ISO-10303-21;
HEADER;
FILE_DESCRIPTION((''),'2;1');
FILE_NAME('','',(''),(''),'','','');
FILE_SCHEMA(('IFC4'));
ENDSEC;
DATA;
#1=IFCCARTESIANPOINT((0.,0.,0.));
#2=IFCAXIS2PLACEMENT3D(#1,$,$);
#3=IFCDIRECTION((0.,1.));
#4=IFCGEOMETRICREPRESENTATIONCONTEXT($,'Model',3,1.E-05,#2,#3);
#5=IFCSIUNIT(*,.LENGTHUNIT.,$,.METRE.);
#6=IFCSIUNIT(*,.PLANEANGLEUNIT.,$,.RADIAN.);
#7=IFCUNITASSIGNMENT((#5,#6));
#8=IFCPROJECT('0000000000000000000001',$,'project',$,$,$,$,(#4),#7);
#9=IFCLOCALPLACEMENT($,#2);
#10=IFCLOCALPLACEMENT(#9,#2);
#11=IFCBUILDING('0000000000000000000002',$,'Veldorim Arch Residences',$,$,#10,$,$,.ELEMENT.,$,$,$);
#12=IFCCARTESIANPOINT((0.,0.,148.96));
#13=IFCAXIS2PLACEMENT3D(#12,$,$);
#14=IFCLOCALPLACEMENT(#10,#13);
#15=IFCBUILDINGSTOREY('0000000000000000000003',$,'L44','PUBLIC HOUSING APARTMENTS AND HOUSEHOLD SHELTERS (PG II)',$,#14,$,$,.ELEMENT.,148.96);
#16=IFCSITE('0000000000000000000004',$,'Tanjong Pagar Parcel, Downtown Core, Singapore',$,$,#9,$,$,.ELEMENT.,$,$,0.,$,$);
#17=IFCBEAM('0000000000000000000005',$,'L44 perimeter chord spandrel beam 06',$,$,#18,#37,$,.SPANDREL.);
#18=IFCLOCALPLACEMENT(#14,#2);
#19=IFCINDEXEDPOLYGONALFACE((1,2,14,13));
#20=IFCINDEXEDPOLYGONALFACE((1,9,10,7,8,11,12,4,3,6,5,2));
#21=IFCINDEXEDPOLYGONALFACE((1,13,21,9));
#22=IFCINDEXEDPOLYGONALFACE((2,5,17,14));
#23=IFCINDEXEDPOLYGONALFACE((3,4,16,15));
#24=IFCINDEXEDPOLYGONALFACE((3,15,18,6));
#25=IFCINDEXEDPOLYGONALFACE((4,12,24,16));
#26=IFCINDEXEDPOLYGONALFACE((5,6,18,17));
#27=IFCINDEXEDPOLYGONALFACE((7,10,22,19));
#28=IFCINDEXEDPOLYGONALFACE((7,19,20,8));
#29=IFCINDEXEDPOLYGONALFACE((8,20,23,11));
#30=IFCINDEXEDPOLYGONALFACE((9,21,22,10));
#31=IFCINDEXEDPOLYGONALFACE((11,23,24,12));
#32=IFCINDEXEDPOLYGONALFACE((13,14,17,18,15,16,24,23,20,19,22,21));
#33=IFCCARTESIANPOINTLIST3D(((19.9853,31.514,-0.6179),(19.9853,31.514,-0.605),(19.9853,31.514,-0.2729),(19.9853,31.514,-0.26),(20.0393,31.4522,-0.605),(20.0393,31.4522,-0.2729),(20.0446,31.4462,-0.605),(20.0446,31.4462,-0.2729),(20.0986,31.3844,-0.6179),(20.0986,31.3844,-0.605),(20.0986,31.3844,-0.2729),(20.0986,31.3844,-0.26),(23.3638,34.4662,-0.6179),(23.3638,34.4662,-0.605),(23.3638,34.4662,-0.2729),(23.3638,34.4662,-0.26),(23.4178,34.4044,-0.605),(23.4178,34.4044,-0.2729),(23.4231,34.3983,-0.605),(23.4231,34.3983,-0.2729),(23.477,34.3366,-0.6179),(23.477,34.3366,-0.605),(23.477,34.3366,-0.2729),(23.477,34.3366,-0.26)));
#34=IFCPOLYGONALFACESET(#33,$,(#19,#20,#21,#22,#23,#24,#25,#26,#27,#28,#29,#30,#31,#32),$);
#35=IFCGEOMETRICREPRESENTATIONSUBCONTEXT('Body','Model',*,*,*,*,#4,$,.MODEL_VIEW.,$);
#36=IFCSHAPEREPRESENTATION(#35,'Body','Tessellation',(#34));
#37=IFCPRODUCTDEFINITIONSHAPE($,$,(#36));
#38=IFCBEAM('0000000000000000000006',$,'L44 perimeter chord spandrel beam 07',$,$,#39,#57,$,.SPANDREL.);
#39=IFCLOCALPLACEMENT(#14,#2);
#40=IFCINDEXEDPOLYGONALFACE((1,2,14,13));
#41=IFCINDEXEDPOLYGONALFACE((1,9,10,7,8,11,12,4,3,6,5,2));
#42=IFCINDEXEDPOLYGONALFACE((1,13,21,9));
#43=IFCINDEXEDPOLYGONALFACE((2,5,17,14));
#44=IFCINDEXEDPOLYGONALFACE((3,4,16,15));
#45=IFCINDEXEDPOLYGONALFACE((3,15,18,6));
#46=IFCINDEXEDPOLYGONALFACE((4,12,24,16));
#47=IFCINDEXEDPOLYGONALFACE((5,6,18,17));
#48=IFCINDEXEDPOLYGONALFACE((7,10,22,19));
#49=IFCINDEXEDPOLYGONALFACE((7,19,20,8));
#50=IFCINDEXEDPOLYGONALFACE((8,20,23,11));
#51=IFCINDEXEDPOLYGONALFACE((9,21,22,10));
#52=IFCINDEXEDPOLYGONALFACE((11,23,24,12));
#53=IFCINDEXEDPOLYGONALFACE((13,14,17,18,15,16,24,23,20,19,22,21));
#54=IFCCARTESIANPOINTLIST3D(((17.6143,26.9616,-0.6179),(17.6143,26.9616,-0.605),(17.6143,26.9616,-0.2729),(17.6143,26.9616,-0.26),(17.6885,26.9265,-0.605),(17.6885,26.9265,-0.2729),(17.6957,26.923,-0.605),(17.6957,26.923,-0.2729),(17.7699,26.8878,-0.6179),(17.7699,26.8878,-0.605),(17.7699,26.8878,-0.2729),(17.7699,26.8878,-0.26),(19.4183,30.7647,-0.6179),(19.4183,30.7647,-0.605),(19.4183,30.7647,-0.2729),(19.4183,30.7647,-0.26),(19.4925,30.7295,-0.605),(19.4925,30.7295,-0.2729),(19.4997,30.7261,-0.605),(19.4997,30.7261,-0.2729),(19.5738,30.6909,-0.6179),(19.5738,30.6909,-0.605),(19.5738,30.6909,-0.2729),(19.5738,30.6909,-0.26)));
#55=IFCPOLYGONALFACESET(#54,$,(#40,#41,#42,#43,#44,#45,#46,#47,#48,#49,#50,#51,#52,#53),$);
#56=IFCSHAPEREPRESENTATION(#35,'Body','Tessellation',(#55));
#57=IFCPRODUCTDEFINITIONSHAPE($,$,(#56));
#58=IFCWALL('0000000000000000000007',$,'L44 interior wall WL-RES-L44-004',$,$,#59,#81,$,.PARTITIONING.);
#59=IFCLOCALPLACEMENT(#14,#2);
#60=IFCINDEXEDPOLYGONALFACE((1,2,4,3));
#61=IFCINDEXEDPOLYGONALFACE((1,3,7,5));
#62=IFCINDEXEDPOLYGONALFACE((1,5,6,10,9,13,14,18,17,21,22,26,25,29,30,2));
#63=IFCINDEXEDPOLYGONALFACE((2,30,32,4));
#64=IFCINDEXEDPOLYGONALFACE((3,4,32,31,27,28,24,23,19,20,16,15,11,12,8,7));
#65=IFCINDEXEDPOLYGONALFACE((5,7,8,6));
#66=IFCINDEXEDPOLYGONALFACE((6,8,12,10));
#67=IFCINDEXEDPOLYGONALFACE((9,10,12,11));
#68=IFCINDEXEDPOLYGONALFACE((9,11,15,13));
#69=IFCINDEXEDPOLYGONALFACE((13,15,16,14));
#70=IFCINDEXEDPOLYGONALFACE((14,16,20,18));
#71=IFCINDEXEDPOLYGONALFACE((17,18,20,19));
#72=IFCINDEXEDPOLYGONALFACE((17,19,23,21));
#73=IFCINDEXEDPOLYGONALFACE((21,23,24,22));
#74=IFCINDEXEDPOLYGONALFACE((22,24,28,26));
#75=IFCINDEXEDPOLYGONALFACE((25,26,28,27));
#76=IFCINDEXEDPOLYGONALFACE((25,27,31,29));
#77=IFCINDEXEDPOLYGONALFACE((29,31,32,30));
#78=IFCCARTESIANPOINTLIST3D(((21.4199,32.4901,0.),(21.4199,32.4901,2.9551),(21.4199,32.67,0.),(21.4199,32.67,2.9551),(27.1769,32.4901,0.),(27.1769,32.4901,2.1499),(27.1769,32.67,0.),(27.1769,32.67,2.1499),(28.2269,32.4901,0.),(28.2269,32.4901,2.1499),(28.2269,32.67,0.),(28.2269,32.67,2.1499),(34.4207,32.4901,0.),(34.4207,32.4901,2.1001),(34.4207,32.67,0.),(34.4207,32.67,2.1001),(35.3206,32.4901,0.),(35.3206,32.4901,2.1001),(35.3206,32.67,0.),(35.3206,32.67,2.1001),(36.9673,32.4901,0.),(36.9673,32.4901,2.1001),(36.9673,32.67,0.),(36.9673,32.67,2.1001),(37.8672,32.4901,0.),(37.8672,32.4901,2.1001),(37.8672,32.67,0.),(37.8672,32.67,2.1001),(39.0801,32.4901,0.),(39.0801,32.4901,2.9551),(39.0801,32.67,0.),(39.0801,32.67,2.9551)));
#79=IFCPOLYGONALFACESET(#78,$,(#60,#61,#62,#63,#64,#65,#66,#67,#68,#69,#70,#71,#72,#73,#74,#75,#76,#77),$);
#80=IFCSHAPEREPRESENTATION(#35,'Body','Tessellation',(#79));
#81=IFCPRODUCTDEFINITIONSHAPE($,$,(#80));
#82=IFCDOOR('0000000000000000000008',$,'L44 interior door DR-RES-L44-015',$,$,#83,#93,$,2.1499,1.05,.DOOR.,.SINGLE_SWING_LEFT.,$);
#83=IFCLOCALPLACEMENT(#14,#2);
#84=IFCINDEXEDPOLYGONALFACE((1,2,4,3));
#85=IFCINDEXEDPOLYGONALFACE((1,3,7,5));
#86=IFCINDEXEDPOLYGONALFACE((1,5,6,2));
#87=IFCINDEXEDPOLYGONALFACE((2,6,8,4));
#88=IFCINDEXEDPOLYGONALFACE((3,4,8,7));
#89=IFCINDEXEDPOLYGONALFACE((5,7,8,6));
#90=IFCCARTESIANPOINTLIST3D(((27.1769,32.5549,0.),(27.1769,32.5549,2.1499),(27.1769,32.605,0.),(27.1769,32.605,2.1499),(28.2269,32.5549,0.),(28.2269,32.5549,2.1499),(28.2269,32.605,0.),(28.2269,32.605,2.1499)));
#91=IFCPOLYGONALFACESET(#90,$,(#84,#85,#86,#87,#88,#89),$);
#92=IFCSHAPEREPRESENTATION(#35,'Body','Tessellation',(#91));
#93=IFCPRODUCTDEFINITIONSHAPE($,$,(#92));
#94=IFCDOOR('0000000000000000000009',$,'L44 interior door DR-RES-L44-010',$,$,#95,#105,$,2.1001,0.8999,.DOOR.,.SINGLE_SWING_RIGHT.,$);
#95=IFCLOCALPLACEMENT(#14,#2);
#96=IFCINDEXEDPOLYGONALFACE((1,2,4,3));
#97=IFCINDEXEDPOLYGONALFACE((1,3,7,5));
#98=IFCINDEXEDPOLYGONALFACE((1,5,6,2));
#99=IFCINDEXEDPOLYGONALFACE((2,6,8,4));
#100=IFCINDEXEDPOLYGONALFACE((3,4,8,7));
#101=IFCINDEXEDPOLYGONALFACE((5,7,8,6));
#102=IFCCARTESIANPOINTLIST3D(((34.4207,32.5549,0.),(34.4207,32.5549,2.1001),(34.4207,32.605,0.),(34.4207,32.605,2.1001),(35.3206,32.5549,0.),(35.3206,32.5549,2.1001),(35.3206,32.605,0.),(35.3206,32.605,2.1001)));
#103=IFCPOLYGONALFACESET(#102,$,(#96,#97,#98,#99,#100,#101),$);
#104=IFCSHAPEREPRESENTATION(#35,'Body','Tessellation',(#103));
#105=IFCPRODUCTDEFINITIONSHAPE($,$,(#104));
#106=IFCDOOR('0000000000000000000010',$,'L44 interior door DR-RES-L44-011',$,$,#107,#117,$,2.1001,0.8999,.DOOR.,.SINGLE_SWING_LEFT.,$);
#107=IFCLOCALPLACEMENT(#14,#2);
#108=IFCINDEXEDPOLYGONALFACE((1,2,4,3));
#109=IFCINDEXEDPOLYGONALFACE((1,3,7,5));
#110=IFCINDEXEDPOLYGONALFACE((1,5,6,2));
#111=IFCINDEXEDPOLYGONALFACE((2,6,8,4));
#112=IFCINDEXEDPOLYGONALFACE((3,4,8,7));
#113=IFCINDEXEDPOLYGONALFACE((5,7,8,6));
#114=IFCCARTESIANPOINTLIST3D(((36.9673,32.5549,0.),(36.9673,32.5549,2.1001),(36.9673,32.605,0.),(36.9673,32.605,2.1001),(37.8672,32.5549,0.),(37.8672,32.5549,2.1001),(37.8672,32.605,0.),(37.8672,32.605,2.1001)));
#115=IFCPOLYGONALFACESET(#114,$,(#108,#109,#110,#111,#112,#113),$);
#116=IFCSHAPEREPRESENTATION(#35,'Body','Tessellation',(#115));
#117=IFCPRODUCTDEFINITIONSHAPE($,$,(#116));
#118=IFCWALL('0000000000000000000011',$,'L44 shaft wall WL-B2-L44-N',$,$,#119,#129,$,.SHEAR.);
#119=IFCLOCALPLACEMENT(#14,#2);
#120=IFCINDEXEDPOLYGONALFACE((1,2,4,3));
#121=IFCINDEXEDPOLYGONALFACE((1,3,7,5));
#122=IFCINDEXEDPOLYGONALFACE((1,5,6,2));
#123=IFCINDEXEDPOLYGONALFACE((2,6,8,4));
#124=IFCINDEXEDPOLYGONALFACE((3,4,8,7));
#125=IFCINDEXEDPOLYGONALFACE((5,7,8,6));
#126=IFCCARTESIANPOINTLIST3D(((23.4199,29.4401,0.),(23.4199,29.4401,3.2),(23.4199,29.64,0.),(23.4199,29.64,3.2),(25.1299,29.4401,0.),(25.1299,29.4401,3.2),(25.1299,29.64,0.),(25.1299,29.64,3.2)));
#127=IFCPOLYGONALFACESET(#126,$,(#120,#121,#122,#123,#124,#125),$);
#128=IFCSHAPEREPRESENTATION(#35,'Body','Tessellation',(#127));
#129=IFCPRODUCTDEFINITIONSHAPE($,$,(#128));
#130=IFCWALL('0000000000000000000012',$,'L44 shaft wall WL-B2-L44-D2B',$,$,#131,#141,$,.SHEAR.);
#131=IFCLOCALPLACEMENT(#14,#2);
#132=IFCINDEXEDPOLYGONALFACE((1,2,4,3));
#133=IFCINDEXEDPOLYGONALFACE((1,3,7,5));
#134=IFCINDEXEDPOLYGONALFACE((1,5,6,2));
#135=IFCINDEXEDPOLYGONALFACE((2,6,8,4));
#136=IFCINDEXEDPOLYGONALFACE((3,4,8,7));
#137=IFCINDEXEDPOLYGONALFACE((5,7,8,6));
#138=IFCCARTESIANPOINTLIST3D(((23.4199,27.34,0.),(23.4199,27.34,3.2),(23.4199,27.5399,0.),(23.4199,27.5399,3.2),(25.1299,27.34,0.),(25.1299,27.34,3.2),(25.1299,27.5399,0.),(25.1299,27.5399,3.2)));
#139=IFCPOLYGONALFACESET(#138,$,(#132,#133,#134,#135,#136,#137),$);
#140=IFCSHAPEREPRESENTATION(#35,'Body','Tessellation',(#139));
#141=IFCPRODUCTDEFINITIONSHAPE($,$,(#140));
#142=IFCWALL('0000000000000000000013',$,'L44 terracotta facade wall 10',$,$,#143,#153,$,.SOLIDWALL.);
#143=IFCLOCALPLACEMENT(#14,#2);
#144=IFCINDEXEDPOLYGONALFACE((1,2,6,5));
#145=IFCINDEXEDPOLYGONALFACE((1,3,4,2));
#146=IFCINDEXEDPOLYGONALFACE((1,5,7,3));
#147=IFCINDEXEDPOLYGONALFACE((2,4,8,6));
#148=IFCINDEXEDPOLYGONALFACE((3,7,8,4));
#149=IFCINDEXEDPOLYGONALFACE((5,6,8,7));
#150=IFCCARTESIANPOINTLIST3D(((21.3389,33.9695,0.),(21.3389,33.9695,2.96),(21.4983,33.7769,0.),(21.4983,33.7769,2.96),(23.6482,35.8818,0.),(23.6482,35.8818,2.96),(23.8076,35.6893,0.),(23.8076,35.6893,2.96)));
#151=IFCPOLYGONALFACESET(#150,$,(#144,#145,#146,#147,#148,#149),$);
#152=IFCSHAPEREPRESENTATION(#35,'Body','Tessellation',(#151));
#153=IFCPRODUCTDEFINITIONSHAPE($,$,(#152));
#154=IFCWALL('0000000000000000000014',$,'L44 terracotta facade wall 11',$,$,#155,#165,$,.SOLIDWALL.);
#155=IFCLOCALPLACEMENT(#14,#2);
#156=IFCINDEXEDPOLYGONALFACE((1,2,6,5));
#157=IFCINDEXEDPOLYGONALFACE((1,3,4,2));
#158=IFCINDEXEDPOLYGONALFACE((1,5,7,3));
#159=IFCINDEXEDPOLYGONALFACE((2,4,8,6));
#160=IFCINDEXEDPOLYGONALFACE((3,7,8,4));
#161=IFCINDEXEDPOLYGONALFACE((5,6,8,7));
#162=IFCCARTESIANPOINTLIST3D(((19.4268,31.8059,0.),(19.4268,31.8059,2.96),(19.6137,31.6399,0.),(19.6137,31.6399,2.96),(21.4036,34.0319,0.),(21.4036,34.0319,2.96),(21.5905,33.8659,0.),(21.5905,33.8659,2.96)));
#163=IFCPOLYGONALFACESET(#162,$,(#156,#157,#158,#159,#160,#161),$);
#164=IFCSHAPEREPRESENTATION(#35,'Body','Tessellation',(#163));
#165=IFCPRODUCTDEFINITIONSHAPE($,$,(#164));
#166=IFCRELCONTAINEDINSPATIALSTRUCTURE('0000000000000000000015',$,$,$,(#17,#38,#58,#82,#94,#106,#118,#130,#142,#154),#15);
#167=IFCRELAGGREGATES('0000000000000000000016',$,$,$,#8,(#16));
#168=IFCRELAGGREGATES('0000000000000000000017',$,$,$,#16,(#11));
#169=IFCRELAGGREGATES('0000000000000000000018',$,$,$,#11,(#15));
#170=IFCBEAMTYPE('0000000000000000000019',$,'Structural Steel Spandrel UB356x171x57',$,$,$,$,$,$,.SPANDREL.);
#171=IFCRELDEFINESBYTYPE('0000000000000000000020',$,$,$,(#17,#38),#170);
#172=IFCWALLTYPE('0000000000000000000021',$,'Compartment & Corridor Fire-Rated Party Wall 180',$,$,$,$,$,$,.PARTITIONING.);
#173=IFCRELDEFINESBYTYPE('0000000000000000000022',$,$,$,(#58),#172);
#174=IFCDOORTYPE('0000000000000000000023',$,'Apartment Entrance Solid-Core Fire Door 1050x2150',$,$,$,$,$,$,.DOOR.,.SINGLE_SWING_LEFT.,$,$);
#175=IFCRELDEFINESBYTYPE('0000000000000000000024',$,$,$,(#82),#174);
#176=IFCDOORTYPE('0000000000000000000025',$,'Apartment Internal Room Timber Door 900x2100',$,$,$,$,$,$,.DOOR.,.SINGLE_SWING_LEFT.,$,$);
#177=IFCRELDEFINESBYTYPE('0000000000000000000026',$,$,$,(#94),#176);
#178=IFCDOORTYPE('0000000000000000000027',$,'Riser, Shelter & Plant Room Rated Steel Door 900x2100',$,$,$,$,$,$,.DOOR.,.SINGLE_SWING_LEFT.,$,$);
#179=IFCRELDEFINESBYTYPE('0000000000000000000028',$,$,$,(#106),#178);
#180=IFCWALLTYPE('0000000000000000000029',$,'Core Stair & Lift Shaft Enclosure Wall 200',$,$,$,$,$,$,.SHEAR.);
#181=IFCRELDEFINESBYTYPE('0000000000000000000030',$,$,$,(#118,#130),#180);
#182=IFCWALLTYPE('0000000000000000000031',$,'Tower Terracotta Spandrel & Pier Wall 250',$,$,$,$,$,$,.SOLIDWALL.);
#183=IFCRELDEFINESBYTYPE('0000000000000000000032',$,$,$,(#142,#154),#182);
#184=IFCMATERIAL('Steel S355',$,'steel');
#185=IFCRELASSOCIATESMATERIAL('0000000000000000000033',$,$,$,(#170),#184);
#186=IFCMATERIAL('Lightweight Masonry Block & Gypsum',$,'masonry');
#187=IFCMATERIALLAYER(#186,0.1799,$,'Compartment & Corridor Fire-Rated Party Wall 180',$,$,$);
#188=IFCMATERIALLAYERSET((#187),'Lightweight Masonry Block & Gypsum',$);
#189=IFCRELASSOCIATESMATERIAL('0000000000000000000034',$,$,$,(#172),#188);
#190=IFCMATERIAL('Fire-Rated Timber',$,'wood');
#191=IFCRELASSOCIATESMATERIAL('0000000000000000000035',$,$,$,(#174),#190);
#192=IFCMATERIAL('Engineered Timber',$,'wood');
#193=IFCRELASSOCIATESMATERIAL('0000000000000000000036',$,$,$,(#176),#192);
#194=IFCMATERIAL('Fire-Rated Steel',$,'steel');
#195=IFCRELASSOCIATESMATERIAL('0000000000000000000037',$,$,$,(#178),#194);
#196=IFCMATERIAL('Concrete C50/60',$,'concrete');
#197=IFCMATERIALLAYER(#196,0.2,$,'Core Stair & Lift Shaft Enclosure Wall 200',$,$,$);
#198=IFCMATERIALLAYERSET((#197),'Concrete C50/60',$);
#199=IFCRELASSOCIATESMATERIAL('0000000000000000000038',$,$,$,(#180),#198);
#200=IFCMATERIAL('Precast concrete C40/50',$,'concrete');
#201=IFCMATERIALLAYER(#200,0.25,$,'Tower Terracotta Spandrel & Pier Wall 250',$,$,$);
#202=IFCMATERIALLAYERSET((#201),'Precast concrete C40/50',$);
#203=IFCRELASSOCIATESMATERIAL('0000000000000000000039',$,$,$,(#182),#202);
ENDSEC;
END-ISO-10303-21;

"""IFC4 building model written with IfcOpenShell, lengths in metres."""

from ifc_helpers import new_model, si_unit, direction, frame, frame_2d, origin, origin_2d, place, context, subcontext, project, spatial, rectangle, i_section, extrude, material, layer, layer_set, material_profile, profile_set, type_object, element, fill, save


model = new_model("IFC4")

# Units and contexts
model_context = context("Model", 3, precision=1e-05, world=origin(), true_north=direction((0.0, 1.0)))
body_context = subcontext(model_context, "Body", "Model", "MODEL_VIEW")
ifc_project = project(units=[si_unit("LENGTHUNIT", "METRE"), si_unit("PLANEANGLEUNIT", "RADIAN")], contexts=[model_context])

# Site, building, storey
site_placement = place(None, origin())
site = spatial("IfcSite", under=ifc_project, at=site_placement, Name="Tanjong Pagar Parcel, Downtown Core, Singapore", CompositionType="ELEMENT", RefElevation=0.0)
building_placement = place(site_placement, origin())
building = spatial("IfcBuilding", under=site, at=building_placement, Name="Veldorim Arch Residences", CompositionType="ELEMENT")
storey_placement = place(building_placement, frame((0.0, 0.0, 148.96)))
storey = spatial("IfcBuildingStorey", under=building, at=storey_placement, Name="L44", Description="PUBLIC HOUSING APARTMENTS AND HOUSEHOLD SHELTERS (PG II)", CompositionType="ELEMENT", Elevation=148.96)

# Beams
ifc_material_1 = material(Name="Steel S355", Category="steel")
ifc_material_profile_1 = material_profile(ifc_material_1, i_section(OverallWidth=0.1721, OverallDepth=0.3579, WebThickness=0.0081, FlangeThickness=0.0129, at=origin_2d()), Name="UB356x171x57")
ifc_profile_set_1 = profile_set([ifc_material_profile_1], Name="Steel S355")
beam_type_1 = type_object("IfcBeamType", Name="Structural Steel Spandrel UB356x171x57", PredefinedType="SPANDREL", material=ifc_profile_set_1)
beam_1_placement = place(storey_placement, frame((23.4204, 34.4014, -0.439), z_axis=(-0.753015, -0.658004, 0.0), x_axis=(0.658004, -0.753015, 0.0)))
element("IfcBeam", 1, at=beam_1_placement, inside=storey, type_object=beam_type_1, Name="L44 perimeter chord spandrel beam 06", PredefinedType="SPANDREL", context=body_context, shape_type="SweptSolid", body=[
    extrude(i_section(OverallWidth=0.1721, OverallDepth=0.3579, WebThickness=0.0081, FlangeThickness=0.0129, at=origin_2d()), origin(), (0.0, 0.0, 1.0), 4.4866),
])
beam_2_placement = place(storey_placement, frame((19.4961, 30.7278, -0.439), z_axis=(-0.42858, -0.903504, 0.0), x_axis=(0.903504, -0.42858, 0.0)))
element("IfcBeam", 2, at=beam_2_placement, inside=storey, type_object=beam_type_1, Name="L44 perimeter chord spandrel beam 07", PredefinedType="SPANDREL", context=body_context, shape_type="SweptSolid", body=[
    extrude(i_section(OverallWidth=0.1721, OverallDepth=0.3579, WebThickness=0.0081, FlangeThickness=0.0129, at=origin_2d()), origin(), (0.0, 0.0, 1.0), 4.2092),
])

# Wall, openings, doors
ifc_material_2 = material(Name="Lightweight Masonry Block & Gypsum", Category="masonry")
ifc_layer_1 = layer(ifc_material_2, 0.1799, Name="Compartment & Corridor Fire-Rated Party Wall 180")
ifc_layer_set_1 = layer_set([ifc_layer_1], Name="Lightweight Masonry Block & Gypsum")
wall_type_1 = type_object("IfcWallType", Name="Compartment & Corridor Fire-Rated Party Wall 180", PredefinedType="PARTITIONING", material=ifc_layer_set_1)
wall_1_placement = place(storey_placement, frame((21.4199, 32.5801, 0.0), z_axis=(0.0, 0.0, 1.0), x_axis=(1.0, 0.0, 0.0)))
wall_1 = element("IfcWall", 3, at=wall_1_placement, inside=storey, type_object=wall_type_1, Name="L44 interior wall WL-RES-L44-004", PredefinedType="PARTITIONING", context=body_context, shape_type="SweptSolid", body=[
    extrude(rectangle(XDim=17.6602, YDim=0.1799, at=frame_2d((8.8301, 0.0))), origin(), (0.0, 0.0, 1.0), 2.9551),
])
opening_1_placement = place(wall_1_placement, frame((13.0007, 0.0, 0.0)))
opening_1 = element("IfcOpeningElement", 4, at=opening_1_placement, cuts=wall_1, PredefinedType="OPENING", context=body_context, shape_type="SweptSolid", body=[
    extrude(rectangle(XDim=0.8999, YDim=2.1001, at=frame_2d((0.45, 1.05))), frame((0.0, 0.0999, 0.0), z_axis=(0.0, -1.0, 0.0), x_axis=(1.0, 0.0, 0.0)), (0.0, 0.0, 1.0), 0.2),
])
opening_2_placement = place(wall_1_placement, frame((15.5474, 0.0, 0.0)))
opening_2 = element("IfcOpeningElement", 5, at=opening_2_placement, cuts=wall_1, PredefinedType="OPENING", context=body_context, shape_type="SweptSolid", body=[
    extrude(rectangle(XDim=0.8999, YDim=2.1001, at=frame_2d((0.45, 1.05))), frame((0.0, 0.0999, 0.0), z_axis=(0.0, -1.0, 0.0), x_axis=(1.0, 0.0, 0.0)), (0.0, 0.0, 1.0), 0.2),
])
opening_3_placement = place(wall_1_placement, frame((5.7571, 0.0, 0.0)))
opening_3 = element("IfcOpeningElement", 6, at=opening_3_placement, cuts=wall_1, PredefinedType="OPENING", context=body_context, shape_type="SweptSolid", body=[
    extrude(rectangle(XDim=1.05, YDim=2.1499, at=frame_2d((0.5249, 1.075))), frame((0.0, 0.0999, 0.0), z_axis=(0.0, -1.0, 0.0), x_axis=(1.0, 0.0, 0.0)), (0.0, 0.0, 1.0), 0.2),
])
ifc_material_3 = material(Name="Fire-Rated Timber", Category="wood")
door_type_1 = type_object("IfcDoorType", Name="Apartment Entrance Solid-Core Fire Door 1050x2150", OperationType="SINGLE_SWING_LEFT", PredefinedType="DOOR", material=ifc_material_3)
door_1_placement = place(opening_3_placement, origin())
door_1 = element("IfcDoor", 7, at=door_1_placement, inside=storey, type_object=door_type_1, Name="L44 interior door DR-RES-L44-015", OperationType="SINGLE_SWING_LEFT", OverallHeight=2.1499, OverallWidth=1.05, PredefinedType="DOOR", context=body_context, shape_type="SweptSolid", body=[
    extrude(rectangle(XDim=1.05, YDim=2.1499, at=frame_2d((0.5249, 1.075))), frame((0.0, 0.0249, 0.0), z_axis=(0.0, -1.0, 0.0), x_axis=(1.0, 0.0, 0.0)), (0.0, 0.0, 1.0), 0.05),
])
fill(opening_3, door_1)
ifc_material_4 = material(Name="Engineered Timber", Category="wood")
door_type_2 = type_object("IfcDoorType", Name="Apartment Internal Room Timber Door 900x2100", OperationType="SINGLE_SWING_LEFT", PredefinedType="DOOR", material=ifc_material_4)
door_2_placement = place(opening_1_placement, origin())
door_2 = element("IfcDoor", 8, at=door_2_placement, inside=storey, type_object=door_type_2, Name="L44 interior door DR-RES-L44-010", OperationType="SINGLE_SWING_RIGHT", OverallHeight=2.1001, OverallWidth=0.8999, PredefinedType="DOOR", context=body_context, shape_type="SweptSolid", body=[
    extrude(rectangle(XDim=0.8999, YDim=2.1001, at=frame_2d((0.45, 1.05))), frame((0.0, 0.0249, 0.0), z_axis=(0.0, -1.0, 0.0), x_axis=(1.0, 0.0, 0.0)), (0.0, 0.0, 1.0), 0.05),
])
fill(opening_1, door_2)
ifc_material_5 = material(Name="Fire-Rated Steel", Category="steel")
door_type_3 = type_object("IfcDoorType", Name="Riser, Shelter & Plant Room Rated Steel Door 900x2100", OperationType="SINGLE_SWING_LEFT", PredefinedType="DOOR", material=ifc_material_5)
door_3_placement = place(opening_2_placement, origin())
door_3 = element("IfcDoor", 9, at=door_3_placement, inside=storey, type_object=door_type_3, Name="L44 interior door DR-RES-L44-011", OperationType="SINGLE_SWING_LEFT", OverallHeight=2.1001, OverallWidth=0.8999, PredefinedType="DOOR", context=body_context, shape_type="SweptSolid", body=[
    extrude(rectangle(XDim=0.8999, YDim=2.1001, at=frame_2d((0.45, 1.05))), frame((0.0, 0.0249, 0.0), z_axis=(0.0, -1.0, 0.0), x_axis=(1.0, 0.0, 0.0)), (0.0, 0.0, 1.0), 0.05),
])
fill(opening_2, door_3)

# Walls
ifc_material_6 = material(Name="Concrete C50/60", Category="concrete")
ifc_layer_2 = layer(ifc_material_6, 0.2, Name="Core Stair & Lift Shaft Enclosure Wall 200")
ifc_layer_set_2 = layer_set([ifc_layer_2], Name="Concrete C50/60")
wall_type_2 = type_object("IfcWallType", Name="Core Stair & Lift Shaft Enclosure Wall 200", PredefinedType="SHEAR", material=ifc_layer_set_2)
for number, where, z_axis, x_axis, name in (
    (10, (23.4199, 29.54, 0.0), (0.0, 0.0, 1.0), (1.0, 0.0, 0.0), "L44 shaft wall WL-B2-L44-N"),
    (11, (23.4199, 27.4399, 0.0), (0.0, 0.0, 1.0), (1.0, 0.0, 0.0), "L44 shaft wall WL-B2-L44-D2B"),
):
    element("IfcWall", number, at=place(storey_placement, frame(where, z_axis=z_axis, x_axis=x_axis)), inside=storey, type_object=wall_type_2, Name=name, PredefinedType="SHEAR", context=body_context, shape_type="SweptSolid", body=[
        extrude(rectangle(XDim=1.71, YDim=0.2, at=frame_2d((0.855, 0.0))), origin(), (0.0, 0.0, 1.0), 3.2),
    ])

# Walls
ifc_material_7 = material(Name="Precast concrete C40/50", Category="concrete")
ifc_layer_3 = layer(ifc_material_7, 0.25, Name="Tower Terracotta Spandrel & Pier Wall 250")
ifc_layer_set_3 = layer_set([ifc_layer_3], Name="Precast concrete C40/50")
wall_type_3 = type_object("IfcWallType", Name="Tower Terracotta Spandrel & Pier Wall 250", PredefinedType="SOLIDWALL", material=ifc_layer_set_3)
wall_2_placement = place(storey_placement, frame((21.4187, 33.8733, 0.0), z_axis=(0.0, 0.0, 1.0), x_axis=(0.7702, 0.637803, 0.0)))
element("IfcWall", 12, at=wall_2_placement, inside=storey, type_object=wall_type_3, Name="L44 terracotta facade wall 10", PredefinedType="SOLIDWALL", context=body_context, shape_type="SweptSolid", body=[
    extrude(rectangle(XDim=2.9983, YDim=0.25, at=frame_2d((1.499, 0.0))), origin(), (0.0, 0.0, 1.0), 2.96),
])
wall_3_placement = place(storey_placement, frame((19.5203, 31.7229, 0.0), z_axis=(0.0, 0.0, 1.0), x_axis=(0.664002, 0.74773, 0.0)))
element("IfcWall", 13, at=wall_3_placement, inside=storey, type_object=wall_type_3, Name="L44 terracotta facade wall 11", PredefinedType="SOLIDWALL", context=body_context, shape_type="SweptSolid", body=[
    extrude(rectangle(XDim=2.9771, YDim=0.25, at=frame_2d((1.4885, 0.0))), origin(), (0.0, 0.0, 1.0), 2.96),
])

save(model, "model.ifc")
